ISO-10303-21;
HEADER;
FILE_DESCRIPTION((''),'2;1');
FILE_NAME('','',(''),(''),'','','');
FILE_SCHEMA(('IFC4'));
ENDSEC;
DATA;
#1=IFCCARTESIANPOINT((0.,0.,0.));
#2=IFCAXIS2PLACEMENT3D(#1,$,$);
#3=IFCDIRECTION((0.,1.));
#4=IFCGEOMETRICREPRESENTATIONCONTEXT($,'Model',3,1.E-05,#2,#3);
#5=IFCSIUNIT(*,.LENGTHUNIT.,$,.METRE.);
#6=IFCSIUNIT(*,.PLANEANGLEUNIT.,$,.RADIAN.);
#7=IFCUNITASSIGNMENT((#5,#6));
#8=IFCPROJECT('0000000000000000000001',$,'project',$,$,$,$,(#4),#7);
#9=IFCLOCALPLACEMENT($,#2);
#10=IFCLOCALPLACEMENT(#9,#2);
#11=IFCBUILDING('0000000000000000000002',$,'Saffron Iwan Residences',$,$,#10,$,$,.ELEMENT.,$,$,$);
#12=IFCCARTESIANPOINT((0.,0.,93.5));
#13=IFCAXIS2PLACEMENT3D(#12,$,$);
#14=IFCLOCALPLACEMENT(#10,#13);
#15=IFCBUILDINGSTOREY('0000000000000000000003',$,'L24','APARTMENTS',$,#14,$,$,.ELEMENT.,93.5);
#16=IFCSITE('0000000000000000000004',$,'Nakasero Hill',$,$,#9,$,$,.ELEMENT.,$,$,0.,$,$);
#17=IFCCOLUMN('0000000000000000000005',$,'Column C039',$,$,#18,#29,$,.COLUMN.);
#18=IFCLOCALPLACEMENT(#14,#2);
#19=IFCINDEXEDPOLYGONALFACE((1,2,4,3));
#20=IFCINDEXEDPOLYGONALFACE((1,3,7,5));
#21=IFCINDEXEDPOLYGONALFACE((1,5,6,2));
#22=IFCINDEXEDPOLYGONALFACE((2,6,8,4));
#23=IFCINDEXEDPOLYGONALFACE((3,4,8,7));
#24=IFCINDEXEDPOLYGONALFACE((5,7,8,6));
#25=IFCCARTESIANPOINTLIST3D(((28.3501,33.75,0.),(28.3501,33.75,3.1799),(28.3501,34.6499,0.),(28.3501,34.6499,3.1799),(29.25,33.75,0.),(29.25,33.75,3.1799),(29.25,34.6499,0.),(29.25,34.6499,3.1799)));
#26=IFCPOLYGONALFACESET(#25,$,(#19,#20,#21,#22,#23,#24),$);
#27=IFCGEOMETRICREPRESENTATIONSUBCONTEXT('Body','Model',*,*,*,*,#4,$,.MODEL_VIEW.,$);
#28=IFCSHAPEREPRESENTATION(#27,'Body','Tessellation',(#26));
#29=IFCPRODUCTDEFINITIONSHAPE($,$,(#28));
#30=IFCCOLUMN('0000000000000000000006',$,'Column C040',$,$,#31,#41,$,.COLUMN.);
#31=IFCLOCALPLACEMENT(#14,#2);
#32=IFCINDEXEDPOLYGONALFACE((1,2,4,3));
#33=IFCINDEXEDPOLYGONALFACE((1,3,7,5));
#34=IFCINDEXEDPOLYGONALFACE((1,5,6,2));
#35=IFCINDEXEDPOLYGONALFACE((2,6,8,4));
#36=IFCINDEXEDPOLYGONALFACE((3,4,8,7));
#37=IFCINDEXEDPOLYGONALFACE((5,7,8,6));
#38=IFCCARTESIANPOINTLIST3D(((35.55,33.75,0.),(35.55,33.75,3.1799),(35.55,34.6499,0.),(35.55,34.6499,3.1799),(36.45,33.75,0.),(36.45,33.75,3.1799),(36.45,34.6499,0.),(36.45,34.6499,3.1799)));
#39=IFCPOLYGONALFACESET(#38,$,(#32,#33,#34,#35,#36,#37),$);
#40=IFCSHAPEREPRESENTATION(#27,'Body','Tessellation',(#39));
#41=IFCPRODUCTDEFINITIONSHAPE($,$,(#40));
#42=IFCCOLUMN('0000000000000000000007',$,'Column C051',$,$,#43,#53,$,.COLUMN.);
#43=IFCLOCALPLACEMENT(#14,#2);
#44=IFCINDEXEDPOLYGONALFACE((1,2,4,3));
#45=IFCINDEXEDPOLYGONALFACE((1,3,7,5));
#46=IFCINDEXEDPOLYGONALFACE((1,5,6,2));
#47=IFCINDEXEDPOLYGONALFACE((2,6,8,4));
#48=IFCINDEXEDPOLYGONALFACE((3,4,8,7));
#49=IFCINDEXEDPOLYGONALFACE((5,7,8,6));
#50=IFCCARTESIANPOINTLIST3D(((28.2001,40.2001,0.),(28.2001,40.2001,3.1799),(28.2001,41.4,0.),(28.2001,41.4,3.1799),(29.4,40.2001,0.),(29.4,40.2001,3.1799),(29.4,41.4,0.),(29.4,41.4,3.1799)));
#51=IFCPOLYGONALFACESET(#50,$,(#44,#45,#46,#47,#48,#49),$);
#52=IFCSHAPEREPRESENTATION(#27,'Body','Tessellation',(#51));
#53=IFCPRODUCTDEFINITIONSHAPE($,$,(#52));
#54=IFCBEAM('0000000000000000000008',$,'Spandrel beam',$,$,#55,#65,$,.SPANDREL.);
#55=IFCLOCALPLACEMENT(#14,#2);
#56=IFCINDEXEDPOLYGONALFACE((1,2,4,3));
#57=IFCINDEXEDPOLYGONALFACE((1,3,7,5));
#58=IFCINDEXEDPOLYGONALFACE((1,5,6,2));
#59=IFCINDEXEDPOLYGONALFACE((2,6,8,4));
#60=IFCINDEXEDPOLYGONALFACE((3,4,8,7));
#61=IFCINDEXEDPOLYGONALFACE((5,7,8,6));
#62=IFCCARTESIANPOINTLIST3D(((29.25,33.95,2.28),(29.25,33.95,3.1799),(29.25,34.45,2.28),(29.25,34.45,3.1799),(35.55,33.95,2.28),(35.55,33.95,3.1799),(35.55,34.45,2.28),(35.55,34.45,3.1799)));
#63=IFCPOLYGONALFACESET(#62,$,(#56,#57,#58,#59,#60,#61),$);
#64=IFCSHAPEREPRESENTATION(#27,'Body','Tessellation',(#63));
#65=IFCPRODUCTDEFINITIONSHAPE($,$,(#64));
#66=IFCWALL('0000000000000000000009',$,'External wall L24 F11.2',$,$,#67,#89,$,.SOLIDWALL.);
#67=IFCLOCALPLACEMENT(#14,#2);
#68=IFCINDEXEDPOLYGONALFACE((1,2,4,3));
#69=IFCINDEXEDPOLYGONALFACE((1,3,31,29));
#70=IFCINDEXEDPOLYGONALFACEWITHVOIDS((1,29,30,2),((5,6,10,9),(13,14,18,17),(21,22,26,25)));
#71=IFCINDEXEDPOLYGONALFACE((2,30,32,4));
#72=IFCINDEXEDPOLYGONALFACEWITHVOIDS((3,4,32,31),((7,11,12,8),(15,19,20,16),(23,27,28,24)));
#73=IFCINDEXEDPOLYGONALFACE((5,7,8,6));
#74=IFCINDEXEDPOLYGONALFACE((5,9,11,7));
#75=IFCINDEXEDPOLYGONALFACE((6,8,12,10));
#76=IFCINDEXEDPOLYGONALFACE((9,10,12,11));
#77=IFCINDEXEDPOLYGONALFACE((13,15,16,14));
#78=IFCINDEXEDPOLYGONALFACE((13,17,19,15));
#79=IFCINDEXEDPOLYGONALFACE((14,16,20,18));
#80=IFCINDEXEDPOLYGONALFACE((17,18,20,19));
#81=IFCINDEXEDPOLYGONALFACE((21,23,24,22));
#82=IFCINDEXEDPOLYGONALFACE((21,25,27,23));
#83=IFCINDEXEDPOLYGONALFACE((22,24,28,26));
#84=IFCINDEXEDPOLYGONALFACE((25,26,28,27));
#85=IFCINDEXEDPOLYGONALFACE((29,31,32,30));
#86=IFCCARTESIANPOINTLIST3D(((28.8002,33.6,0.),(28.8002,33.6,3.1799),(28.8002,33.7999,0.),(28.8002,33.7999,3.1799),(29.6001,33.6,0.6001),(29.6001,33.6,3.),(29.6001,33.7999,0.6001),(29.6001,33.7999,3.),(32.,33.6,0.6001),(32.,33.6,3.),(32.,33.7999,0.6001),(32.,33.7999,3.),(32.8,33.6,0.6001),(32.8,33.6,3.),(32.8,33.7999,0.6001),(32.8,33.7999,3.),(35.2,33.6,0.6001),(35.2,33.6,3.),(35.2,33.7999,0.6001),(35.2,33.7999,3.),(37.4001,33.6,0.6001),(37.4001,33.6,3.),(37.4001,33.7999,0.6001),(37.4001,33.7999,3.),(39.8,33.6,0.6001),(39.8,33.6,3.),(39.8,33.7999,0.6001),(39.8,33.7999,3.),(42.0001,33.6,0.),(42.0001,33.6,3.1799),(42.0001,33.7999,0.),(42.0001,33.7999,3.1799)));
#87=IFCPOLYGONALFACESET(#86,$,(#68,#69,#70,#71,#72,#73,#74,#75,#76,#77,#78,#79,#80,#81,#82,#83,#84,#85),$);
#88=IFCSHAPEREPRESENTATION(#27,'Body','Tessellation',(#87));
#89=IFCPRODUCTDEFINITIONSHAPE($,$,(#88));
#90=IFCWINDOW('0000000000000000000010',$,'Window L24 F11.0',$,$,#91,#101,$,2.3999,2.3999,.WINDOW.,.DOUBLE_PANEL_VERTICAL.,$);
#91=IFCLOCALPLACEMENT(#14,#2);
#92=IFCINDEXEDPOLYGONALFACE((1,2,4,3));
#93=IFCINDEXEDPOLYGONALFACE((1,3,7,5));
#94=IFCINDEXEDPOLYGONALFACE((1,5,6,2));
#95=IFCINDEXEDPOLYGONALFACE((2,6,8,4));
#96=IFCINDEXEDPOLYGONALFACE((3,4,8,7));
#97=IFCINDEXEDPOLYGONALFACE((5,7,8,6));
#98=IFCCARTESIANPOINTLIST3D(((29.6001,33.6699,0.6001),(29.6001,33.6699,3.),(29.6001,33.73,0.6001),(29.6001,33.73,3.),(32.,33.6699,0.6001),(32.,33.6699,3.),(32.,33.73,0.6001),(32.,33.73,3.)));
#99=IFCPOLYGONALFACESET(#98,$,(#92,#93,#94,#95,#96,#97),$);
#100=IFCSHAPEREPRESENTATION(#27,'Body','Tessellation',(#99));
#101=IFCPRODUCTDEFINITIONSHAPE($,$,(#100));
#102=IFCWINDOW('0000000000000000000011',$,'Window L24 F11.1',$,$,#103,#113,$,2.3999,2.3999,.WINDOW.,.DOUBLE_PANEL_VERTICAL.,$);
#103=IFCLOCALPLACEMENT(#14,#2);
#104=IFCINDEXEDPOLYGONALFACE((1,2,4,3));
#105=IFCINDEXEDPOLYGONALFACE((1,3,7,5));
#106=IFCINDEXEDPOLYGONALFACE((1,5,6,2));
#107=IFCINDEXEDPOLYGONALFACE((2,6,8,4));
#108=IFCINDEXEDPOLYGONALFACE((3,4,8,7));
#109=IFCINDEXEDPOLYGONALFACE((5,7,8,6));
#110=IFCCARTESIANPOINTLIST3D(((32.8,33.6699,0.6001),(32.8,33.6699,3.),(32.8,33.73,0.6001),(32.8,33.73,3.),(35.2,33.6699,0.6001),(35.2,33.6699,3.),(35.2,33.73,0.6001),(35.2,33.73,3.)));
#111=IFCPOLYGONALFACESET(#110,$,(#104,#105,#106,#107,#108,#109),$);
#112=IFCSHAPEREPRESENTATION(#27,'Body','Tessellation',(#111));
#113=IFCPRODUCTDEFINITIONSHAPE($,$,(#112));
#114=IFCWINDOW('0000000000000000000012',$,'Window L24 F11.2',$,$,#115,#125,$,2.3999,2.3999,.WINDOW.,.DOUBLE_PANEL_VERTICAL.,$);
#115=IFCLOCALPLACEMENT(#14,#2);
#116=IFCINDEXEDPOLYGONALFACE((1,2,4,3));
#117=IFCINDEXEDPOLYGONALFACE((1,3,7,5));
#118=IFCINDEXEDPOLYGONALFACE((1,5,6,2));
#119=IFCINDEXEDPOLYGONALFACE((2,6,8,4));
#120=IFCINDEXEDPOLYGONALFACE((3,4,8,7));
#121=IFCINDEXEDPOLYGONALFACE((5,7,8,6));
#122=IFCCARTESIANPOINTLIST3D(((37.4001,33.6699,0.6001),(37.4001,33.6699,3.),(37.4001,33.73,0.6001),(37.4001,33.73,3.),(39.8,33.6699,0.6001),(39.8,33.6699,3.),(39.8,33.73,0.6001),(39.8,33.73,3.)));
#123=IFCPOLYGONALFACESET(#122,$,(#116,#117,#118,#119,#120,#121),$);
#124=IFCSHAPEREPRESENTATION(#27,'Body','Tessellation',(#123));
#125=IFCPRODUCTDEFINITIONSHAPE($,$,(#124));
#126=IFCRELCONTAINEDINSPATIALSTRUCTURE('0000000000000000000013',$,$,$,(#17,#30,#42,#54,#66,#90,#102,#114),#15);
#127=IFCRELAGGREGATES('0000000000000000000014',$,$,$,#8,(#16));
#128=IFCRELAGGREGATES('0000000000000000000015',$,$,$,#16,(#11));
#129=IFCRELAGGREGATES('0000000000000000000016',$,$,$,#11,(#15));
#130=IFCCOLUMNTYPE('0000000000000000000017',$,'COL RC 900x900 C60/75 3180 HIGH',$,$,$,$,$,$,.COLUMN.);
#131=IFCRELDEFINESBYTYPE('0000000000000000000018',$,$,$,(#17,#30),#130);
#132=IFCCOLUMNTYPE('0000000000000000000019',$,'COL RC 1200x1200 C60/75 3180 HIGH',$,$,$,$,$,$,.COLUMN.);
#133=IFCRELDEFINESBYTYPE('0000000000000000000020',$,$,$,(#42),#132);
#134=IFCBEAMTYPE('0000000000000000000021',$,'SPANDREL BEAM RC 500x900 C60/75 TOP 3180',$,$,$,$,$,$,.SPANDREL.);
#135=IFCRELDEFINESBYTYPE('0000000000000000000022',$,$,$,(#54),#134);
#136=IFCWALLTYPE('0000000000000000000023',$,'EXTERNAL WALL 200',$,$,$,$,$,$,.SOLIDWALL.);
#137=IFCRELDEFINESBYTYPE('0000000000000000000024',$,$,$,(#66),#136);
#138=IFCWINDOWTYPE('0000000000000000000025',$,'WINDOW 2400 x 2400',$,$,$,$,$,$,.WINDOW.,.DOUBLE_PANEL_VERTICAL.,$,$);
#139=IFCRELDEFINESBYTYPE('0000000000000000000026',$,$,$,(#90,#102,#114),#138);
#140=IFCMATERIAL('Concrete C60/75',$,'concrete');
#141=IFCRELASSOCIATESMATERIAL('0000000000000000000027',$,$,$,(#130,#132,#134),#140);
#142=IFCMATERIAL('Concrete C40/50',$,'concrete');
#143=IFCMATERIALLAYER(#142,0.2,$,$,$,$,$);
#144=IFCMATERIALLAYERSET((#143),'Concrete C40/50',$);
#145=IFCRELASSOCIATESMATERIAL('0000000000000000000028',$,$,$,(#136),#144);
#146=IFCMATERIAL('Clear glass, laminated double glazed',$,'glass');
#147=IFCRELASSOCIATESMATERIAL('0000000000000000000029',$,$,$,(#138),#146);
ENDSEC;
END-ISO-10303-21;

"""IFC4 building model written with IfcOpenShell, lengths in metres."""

from ifc_helpers import new_model, si_unit, direction, frame, frame_2d, origin, origin_2d, place, context, subcontext, project, spatial, rectangle, extrude, source, transform, mapped, material, layer, layer_set, material_profile, profile_set, type_object, element, fill, save


model = new_model("IFC4")

# Units and contexts
model_context = context("Model", 3, precision=1e-05, world=origin(), true_north=direction((0.0, 1.0)))
body_context = subcontext(model_context, "Body", "Model", "MODEL_VIEW")
ifc_project = project(units=[si_unit("LENGTHUNIT", "METRE"), si_unit("PLANEANGLEUNIT", "RADIAN")], contexts=[model_context])

# Site, building, storey
site_placement = place(None, origin())
site = spatial("IfcSite", under=ifc_project, at=site_placement, Name="Nakasero Hill", CompositionType="ELEMENT", RefElevation=0.0)
building_placement = place(site_placement, origin())
building = spatial("IfcBuilding", under=site, at=building_placement, Name="Saffron Iwan Residences", CompositionType="ELEMENT")
storey_placement = place(building_placement, frame((0.0, 0.0, 93.5)))
storey = spatial("IfcBuildingStorey", under=building, at=storey_placement, Name="L24", Description="APARTMENTS", CompositionType="ELEMENT", Elevation=93.5)

# Columns
ifc_material_1 = material(Name="Concrete C60/75", Category="concrete")
ifc_material_profile_1 = material_profile(ifc_material_1, rectangle(XDim=0.8999, YDim=0.8999, at=origin_2d()), Name="RC 900x900")
ifc_profile_set_1 = profile_set([ifc_material_profile_1], Name="Concrete C60/75")
column_type_1 = type_object("IfcColumnType", Name="COL RC 900x900 C60/75 3180 HIGH", PredefinedType="COLUMN", material=ifc_profile_set_1)
shared_shape_1 = source(origin(), body_context, "Body", "SweptSolid", [
    extrude(rectangle(XDim=0.8999, YDim=0.8999, at=origin_2d()), origin(), (0.0, 0.0, 1.0), 3.1799),
])
for number, where, z_axis, x_axis, name in (
    (1, (28.8, 34.2, 0.0), (0.0, 0.0, 1.0), (1.0, 0.0, 0.0), "Column C039"),
    (2, (36.0, 34.2, 0.0), (0.0, 0.0, 1.0), (1.0, 0.0, 0.0), "Column C040"),
):
    element("IfcColumn", number, at=place(storey_placement, frame(where, z_axis=z_axis, x_axis=x_axis)), inside=storey, type_object=column_type_1, Name=name, PredefinedType="COLUMN", context=body_context, shape_type="MappedRepresentation", body=[
        mapped(shared_shape_1, transform((0.0, 0.0, 0.0))),
    ])
ifc_material_profile_2 = material_profile(ifc_material_1, rectangle(XDim=1.2, YDim=1.2, at=origin_2d()), Name="RC 1200x1200")
ifc_profile_set_2 = profile_set([ifc_material_profile_2], Name="Concrete C60/75")
column_type_2 = type_object("IfcColumnType", Name="COL RC 1200x1200 C60/75 3180 HIGH", PredefinedType="COLUMN", material=ifc_profile_set_2)
shared_shape_2 = source(origin(), body_context, "Body", "SweptSolid", [
    extrude(rectangle(XDim=1.2, YDim=1.2, at=origin_2d()), origin(), (0.0, 0.0, 1.0), 3.1799),
])
column_placement = place(storey_placement, frame((28.8, 40.8, 0.0), z_axis=(0.0, 0.0, 1.0), x_axis=(1.0, 0.0, 0.0)))
element("IfcColumn", 3, at=column_placement, inside=storey, type_object=column_type_2, Name="Column C051", PredefinedType="COLUMN", context=body_context, shape_type="MappedRepresentation", body=[
    mapped(shared_shape_2, transform((0.0, 0.0, 0.0))),
])

# Beam
ifc_material_profile_3 = material_profile(ifc_material_1, rectangle(XDim=0.5, YDim=0.8999, at=origin_2d()), Name="RC 500x900")
ifc_profile_set_3 = profile_set([ifc_material_profile_3], Name="Concrete C60/75")
beam_type = type_object("IfcBeamType", Name="SPANDREL BEAM RC 500x900 C60/75 TOP 3180", PredefinedType="SPANDREL", material=ifc_profile_set_3)
shared_shape_3 = source(origin(), body_context, "Body", "SweptSolid", [
    extrude(rectangle(XDim=0.5, YDim=0.8999, at=origin_2d()), origin(), (0.0, 0.0, 1.0), 6.3),
])
beam_placement = place(storey_placement, frame((35.55, 34.2, 2.73), z_axis=(-1.0, 0.0, 0.0), x_axis=(0.0, -1.0, 0.0)))
element("IfcBeam", 4, at=beam_placement, inside=storey, type_object=beam_type, Name="Spandrel beam", PredefinedType="SPANDREL", context=body_context, shape_type="MappedRepresentation", body=[
    mapped(shared_shape_3, transform((0.0, 0.0, 0.0))),
])

# Wall, openings, windows
ifc_material_2 = material(Name="Concrete C40/50", Category="concrete")
ifc_layer_1 = layer(ifc_material_2, 0.2)
ifc_layer_set_1 = layer_set([ifc_layer_1], Name="Concrete C40/50")
wall_type_1 = type_object("IfcWallType", Name="EXTERNAL WALL 200", PredefinedType="SOLIDWALL", material=ifc_layer_set_1)
wall_1_placement = place(storey_placement, frame((28.8, 33.7, 0.0), z_axis=(0.0, 0.0, 1.0), x_axis=(1.0, 0.0, 0.0)))
wall_1 = element("IfcWall", 5, at=wall_1_placement, inside=storey, type_object=wall_type_1, Name="External wall L24 F11.2", PredefinedType="SOLIDWALL", context=body_context, shape_type="SweptSolid", body=[
    extrude(rectangle(XDim=13.2, YDim=0.2, at=frame_2d((6.6001, 0.0))), origin(), (0.0, 0.0, 1.0), 3.1799),
])
opening_1_placement = place(wall_1_placement, frame((0.8, 0.0, 0.6001)))
opening_1 = element("IfcOpeningElement", 6, at=opening_1_placement, cuts=wall_1, PredefinedType="OPENING", context=body_context, shape_type="SweptSolid", body=[
    extrude(rectangle(XDim=2.3999, YDim=2.3999, at=frame_2d((1.2, 1.2))), frame((0.0, 0.1099, 0.0), z_axis=(0.0, -1.0, 0.0), x_axis=(1.0, 0.0, 0.0)), (0.0, 0.0, 1.0), 0.22),
])
opening_2_placement = place(wall_1_placement, frame((4.0, 0.0, 0.6001)))
opening_2 = element("IfcOpeningElement", 7, at=opening_2_placement, cuts=wall_1, PredefinedType="OPENING", context=body_context, shape_type="SweptSolid", body=[
    extrude(rectangle(XDim=2.3999, YDim=2.3999, at=frame_2d((1.2, 1.2))), frame((0.0, 0.1099, 0.0), z_axis=(0.0, -1.0, 0.0), x_axis=(1.0, 0.0, 0.0)), (0.0, 0.0, 1.0), 0.22),
])
opening_3_placement = place(wall_1_placement, frame((8.6001, 0.0, 0.6001)))
opening_3 = element("IfcOpeningElement", 8, at=opening_3_placement, cuts=wall_1, PredefinedType="OPENING", context=body_context, shape_type="SweptSolid", body=[
    extrude(rectangle(XDim=2.3999, YDim=2.3999, at=frame_2d((1.2, 1.2))), frame((0.0, 0.1099, 0.0), z_axis=(0.0, -1.0, 0.0), x_axis=(1.0, 0.0, 0.0)), (0.0, 0.0, 1.0), 0.22),
])
ifc_material_3 = material(Name="Clear glass, laminated double glazed", Category="glass")
window_type = type_object("IfcWindowType", Name="WINDOW 2400 x 2400", PartitioningType="DOUBLE_PANEL_VERTICAL", PredefinedType="WINDOW", material=ifc_material_3)
window_1_placement = place(opening_1_placement, origin())
window_1 = element("IfcWindow", 9, at=window_1_placement, inside=storey, type_object=window_type, Name="Window L24 F11.0", OverallHeight=2.3999, OverallWidth=2.3999, PartitioningType="DOUBLE_PANEL_VERTICAL", PredefinedType="WINDOW", context=body_context, shape_type="SweptSolid", body=[
    extrude(rectangle(XDim=2.3999, YDim=2.3999, at=frame_2d((1.2, 1.2))), frame((0.0, 0.03, 0.0), z_axis=(0.0, -1.0, 0.0), x_axis=(1.0, 0.0, 0.0)), (0.0, 0.0, 1.0), 0.0601),
])
fill(opening_1, window_1)
window_2_placement = place(opening_2_placement, origin())
window_2 = element("IfcWindow", 10, at=window_2_placement, inside=storey, type_object=window_type, Name="Window L24 F11.1", OverallHeight=2.3999, OverallWidth=2.3999, PartitioningType="DOUBLE_PANEL_VERTICAL", PredefinedType="WINDOW", context=body_context, shape_type="SweptSolid", body=[
    extrude(rectangle(XDim=2.3999, YDim=2.3999, at=frame_2d((1.2, 1.2))), frame((0.0, 0.03, 0.0), z_axis=(0.0, -1.0, 0.0), x_axis=(1.0, 0.0, 0.0)), (0.0, 0.0, 1.0), 0.0601),
])
fill(opening_2, window_2)
window_3_placement = place(opening_3_placement, origin())
window_3 = element("IfcWindow", 11, at=window_3_placement, inside=storey, type_object=window_type, Name="Window L24 F11.2", OverallHeight=2.3999, OverallWidth=2.3999, PartitioningType="DOUBLE_PANEL_VERTICAL", PredefinedType="WINDOW", context=body_context, shape_type="SweptSolid", body=[
    extrude(rectangle(XDim=2.3999, YDim=2.3999, at=frame_2d((1.2, 1.2))), frame((0.0, 0.03, 0.0), z_axis=(0.0, -1.0, 0.0), x_axis=(1.0, 0.0, 0.0)), (0.0, 0.0, 1.0), 0.0601),
])
fill(opening_3, window_3)

save(model, "model.ifc")
